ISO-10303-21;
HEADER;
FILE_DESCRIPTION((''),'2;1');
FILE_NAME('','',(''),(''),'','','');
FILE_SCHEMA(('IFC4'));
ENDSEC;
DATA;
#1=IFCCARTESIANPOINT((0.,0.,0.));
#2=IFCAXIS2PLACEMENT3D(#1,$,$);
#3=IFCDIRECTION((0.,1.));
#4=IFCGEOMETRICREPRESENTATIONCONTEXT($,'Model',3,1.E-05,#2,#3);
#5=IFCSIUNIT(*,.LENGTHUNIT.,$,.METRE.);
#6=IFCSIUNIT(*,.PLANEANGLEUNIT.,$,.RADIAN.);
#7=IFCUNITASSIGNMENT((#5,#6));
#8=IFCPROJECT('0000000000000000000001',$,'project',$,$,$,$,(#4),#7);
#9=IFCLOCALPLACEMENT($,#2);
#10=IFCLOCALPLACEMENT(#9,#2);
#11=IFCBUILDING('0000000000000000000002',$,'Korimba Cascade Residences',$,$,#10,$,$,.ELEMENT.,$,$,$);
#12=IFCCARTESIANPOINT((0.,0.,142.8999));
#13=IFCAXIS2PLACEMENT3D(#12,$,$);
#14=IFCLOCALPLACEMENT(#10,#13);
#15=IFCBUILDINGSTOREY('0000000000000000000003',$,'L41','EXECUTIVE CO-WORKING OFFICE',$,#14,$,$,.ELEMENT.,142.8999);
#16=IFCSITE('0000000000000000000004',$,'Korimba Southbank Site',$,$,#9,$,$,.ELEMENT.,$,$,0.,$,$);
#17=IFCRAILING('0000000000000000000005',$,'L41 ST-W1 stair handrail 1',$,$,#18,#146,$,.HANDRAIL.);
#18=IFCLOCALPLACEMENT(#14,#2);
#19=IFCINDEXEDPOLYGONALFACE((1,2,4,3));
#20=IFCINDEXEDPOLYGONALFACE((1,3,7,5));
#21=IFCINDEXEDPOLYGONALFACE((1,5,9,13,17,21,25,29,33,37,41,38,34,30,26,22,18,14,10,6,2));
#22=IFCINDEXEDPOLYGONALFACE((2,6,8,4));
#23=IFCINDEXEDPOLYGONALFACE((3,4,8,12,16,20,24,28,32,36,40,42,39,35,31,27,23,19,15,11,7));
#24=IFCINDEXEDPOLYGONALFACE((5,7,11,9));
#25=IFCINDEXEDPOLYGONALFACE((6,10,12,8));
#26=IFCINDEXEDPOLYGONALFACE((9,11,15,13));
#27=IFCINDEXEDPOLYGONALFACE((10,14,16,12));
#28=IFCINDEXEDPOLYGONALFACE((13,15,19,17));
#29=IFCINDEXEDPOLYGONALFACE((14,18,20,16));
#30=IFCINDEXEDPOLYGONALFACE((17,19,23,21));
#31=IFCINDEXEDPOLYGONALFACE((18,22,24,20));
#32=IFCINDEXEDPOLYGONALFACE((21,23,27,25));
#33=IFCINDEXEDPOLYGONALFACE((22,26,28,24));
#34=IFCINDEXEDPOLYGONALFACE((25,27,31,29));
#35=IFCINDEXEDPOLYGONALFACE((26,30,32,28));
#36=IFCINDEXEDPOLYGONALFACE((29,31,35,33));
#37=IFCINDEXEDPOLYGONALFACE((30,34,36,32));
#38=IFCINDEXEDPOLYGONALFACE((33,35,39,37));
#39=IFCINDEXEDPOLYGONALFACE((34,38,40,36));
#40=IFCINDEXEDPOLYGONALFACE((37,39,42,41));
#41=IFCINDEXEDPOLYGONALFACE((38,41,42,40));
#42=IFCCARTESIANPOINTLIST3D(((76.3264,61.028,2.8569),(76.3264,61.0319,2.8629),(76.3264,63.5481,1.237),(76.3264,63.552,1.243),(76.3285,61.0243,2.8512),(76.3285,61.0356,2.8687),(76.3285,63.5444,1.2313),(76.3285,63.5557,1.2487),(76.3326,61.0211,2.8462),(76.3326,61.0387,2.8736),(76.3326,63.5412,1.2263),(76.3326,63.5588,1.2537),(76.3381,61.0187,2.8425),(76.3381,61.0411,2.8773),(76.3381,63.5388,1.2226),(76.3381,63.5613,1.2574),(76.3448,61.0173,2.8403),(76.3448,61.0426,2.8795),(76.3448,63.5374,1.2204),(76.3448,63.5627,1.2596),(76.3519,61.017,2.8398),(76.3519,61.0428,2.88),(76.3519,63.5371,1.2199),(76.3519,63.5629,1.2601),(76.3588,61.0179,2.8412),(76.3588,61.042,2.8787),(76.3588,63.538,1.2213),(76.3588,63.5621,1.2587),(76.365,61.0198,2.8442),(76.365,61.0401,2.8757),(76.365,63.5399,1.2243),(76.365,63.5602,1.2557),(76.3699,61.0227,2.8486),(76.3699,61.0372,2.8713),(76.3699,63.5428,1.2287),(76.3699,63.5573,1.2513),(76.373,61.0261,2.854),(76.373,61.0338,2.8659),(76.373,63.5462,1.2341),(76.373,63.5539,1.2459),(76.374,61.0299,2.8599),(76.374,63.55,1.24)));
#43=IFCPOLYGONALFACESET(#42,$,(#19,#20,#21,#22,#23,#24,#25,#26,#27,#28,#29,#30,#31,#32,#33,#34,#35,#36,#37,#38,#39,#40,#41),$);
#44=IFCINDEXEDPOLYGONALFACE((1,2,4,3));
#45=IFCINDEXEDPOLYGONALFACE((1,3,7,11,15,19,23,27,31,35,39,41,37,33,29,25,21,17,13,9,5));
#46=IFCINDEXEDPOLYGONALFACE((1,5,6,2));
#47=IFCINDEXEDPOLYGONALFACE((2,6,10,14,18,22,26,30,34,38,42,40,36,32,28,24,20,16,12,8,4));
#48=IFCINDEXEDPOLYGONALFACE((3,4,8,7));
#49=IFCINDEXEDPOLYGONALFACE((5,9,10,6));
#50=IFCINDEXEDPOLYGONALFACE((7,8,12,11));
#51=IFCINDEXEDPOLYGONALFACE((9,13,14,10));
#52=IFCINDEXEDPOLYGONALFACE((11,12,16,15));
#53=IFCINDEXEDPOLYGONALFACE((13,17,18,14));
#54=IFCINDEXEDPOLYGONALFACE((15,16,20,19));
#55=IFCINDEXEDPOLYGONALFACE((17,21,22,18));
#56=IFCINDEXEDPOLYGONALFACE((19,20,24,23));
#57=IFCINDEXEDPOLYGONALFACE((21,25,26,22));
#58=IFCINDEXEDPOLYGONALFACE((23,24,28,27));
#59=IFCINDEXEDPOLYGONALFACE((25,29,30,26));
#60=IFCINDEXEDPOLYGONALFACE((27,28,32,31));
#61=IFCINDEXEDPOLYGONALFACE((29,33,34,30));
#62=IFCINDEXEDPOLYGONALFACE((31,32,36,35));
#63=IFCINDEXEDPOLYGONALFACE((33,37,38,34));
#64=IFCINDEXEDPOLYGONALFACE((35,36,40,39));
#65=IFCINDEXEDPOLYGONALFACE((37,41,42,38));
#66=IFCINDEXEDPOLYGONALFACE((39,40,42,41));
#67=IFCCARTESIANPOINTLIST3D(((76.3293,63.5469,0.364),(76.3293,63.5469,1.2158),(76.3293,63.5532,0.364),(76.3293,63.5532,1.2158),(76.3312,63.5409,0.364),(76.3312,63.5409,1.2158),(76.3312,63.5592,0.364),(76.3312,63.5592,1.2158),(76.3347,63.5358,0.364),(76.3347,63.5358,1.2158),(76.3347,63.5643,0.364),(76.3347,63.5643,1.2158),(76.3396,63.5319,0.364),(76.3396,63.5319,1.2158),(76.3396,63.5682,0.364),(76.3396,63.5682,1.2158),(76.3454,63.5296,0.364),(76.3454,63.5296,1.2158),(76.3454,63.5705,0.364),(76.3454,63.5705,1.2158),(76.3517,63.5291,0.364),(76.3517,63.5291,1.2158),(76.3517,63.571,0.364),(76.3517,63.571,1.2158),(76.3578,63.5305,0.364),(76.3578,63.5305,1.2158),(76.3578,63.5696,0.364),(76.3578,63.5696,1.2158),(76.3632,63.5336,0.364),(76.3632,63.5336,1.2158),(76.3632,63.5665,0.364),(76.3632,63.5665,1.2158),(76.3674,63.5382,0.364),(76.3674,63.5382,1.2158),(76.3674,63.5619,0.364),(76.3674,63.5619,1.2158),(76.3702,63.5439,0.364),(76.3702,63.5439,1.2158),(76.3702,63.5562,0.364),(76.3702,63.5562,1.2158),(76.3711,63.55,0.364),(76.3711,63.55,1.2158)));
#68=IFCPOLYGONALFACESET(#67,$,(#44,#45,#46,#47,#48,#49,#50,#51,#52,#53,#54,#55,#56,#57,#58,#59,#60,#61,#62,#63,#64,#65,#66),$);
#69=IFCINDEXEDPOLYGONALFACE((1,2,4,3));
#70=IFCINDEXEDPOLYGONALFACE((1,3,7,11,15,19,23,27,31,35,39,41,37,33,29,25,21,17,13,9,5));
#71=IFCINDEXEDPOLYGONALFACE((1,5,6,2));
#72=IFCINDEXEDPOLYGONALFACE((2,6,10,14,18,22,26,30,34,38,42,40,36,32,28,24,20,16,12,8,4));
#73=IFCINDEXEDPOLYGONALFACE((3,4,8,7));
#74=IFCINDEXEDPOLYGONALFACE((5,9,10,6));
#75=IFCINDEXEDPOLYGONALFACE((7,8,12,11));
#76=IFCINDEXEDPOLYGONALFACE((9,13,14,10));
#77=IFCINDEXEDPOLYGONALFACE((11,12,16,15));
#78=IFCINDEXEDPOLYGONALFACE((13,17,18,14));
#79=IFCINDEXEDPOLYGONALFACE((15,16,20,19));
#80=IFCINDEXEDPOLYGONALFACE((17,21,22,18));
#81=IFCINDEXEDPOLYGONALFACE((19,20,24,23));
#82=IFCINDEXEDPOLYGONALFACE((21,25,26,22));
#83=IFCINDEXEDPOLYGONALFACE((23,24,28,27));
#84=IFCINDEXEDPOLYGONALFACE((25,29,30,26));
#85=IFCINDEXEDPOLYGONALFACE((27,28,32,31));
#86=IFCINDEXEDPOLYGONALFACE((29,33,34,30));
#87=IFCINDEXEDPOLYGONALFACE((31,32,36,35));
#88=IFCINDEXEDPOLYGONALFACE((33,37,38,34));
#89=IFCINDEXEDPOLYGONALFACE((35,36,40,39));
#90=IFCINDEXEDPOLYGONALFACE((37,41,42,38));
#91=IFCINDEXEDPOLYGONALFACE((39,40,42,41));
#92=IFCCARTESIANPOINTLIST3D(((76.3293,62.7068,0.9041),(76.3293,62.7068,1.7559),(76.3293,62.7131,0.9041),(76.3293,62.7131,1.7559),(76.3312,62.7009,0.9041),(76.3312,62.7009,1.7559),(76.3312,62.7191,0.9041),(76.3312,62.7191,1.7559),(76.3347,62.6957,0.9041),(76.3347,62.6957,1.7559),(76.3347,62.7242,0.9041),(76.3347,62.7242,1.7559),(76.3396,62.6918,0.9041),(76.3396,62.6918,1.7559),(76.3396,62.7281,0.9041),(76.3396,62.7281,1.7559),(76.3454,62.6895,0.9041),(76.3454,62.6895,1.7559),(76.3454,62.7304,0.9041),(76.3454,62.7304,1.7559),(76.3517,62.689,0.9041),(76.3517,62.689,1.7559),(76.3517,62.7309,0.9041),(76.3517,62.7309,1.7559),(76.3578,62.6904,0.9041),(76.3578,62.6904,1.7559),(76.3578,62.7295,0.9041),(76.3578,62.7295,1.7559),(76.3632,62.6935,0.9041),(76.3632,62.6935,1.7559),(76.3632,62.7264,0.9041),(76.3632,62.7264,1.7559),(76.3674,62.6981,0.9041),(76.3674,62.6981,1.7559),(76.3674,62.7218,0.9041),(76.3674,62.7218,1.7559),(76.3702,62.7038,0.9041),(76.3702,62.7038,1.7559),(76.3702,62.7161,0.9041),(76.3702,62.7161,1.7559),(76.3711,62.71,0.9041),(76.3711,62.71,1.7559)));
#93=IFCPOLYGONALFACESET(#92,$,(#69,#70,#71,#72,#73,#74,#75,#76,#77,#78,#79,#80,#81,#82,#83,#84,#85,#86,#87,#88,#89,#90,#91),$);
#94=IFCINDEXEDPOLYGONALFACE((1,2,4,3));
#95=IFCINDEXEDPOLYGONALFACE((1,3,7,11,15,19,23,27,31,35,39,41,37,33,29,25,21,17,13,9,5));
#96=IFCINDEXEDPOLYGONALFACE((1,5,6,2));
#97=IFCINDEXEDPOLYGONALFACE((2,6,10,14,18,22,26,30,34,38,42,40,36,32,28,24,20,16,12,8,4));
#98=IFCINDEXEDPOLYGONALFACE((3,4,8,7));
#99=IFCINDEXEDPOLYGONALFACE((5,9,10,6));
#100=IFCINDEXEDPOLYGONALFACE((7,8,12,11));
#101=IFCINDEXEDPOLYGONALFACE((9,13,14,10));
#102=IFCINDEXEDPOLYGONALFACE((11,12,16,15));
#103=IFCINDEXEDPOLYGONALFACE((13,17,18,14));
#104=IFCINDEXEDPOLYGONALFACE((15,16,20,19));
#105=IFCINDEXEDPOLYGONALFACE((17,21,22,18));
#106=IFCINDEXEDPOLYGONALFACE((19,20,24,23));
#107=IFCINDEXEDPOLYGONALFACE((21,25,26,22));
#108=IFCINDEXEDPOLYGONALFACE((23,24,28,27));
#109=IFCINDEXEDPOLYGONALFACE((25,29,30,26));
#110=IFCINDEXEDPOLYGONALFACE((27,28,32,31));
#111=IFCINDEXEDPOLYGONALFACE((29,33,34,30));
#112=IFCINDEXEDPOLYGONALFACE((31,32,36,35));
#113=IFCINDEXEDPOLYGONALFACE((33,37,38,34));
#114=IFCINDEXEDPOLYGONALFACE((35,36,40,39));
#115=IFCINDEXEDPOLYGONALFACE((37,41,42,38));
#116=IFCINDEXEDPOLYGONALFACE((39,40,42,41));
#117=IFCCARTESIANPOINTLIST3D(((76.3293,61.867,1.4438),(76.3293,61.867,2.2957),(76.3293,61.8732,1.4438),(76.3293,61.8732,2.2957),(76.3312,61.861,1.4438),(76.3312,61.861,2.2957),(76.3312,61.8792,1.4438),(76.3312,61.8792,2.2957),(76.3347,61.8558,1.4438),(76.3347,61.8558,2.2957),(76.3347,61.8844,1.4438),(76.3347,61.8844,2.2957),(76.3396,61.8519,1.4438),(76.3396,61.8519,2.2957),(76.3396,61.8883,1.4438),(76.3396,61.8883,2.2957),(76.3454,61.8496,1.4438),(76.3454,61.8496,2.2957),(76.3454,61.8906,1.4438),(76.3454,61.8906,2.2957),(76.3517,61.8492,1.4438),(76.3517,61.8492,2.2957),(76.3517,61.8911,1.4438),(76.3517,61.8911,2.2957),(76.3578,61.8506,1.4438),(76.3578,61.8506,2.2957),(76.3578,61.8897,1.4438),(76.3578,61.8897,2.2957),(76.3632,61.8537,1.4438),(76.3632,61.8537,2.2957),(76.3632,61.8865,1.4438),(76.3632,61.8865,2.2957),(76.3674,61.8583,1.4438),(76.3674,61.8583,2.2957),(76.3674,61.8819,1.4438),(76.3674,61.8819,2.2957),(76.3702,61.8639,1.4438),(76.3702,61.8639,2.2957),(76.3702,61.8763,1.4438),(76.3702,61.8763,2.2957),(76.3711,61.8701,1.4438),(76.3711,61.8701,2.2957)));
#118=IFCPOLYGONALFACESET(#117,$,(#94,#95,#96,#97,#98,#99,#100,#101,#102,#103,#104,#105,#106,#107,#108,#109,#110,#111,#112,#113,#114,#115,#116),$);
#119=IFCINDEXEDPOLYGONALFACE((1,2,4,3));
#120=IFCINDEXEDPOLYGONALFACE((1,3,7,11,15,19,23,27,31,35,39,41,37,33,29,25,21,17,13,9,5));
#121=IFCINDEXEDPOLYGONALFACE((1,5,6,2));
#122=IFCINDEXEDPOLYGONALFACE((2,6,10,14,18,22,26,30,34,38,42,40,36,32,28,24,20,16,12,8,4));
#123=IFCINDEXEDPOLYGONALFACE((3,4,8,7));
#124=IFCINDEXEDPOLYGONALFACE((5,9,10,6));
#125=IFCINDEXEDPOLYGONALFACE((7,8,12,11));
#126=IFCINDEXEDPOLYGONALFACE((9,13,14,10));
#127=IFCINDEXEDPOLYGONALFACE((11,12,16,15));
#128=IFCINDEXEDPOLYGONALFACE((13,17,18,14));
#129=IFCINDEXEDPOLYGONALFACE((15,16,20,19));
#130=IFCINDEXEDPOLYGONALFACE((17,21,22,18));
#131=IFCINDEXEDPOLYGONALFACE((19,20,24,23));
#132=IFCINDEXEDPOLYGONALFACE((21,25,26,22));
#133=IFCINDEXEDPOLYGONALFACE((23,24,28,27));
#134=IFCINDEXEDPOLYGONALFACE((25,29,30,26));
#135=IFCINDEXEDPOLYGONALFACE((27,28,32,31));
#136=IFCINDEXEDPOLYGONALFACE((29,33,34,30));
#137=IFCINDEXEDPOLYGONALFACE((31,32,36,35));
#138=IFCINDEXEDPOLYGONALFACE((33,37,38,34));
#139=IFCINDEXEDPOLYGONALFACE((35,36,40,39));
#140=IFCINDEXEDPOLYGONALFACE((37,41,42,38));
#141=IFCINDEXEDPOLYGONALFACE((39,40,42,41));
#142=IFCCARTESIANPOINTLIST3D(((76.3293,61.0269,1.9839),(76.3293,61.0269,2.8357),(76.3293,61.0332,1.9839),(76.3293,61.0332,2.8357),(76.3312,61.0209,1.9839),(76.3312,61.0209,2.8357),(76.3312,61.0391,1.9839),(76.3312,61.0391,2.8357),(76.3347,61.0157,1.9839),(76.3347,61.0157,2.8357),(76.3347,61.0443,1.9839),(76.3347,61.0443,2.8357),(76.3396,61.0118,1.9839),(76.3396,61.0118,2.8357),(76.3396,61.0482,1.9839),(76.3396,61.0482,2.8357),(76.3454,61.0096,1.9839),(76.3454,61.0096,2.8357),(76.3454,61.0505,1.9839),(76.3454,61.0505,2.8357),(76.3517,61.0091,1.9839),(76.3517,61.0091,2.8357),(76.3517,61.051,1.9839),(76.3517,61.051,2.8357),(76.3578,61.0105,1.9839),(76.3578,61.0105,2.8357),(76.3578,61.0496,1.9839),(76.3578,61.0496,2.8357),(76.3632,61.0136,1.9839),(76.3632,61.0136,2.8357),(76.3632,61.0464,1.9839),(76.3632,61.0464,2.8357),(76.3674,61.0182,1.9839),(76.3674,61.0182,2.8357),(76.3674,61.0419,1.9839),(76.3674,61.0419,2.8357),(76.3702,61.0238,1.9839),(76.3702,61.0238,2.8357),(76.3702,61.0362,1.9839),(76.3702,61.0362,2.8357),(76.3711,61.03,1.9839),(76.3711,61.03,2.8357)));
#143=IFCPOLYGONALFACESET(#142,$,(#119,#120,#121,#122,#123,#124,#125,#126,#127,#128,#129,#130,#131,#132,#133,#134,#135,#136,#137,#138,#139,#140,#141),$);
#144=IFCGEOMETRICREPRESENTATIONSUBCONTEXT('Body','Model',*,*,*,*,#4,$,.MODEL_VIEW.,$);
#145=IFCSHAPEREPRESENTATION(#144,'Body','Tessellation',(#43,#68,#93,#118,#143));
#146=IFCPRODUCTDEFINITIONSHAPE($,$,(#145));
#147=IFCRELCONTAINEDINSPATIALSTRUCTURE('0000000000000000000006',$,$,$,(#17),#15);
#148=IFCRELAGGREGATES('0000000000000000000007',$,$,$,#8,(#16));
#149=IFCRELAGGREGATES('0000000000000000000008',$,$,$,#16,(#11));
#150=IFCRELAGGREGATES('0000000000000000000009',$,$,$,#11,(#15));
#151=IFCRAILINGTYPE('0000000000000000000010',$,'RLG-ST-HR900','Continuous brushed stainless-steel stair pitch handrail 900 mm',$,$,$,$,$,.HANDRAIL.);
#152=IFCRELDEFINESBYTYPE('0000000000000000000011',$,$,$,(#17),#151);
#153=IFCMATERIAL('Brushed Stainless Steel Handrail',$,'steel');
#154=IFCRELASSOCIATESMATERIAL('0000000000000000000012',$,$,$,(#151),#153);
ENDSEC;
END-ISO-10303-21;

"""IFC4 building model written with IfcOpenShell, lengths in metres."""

from ifc_helpers import new_model, si_unit, direction, frame, origin, origin_2d, place, context, subcontext, project, spatial, circle, extrude, material, type_object, element, save


model = new_model("IFC4")

# Units and contexts
model_context = context("Model", 3, precision=1e-05, world=origin(), true_north=direction((0.0, 1.0)))
body_context = subcontext(model_context, "Body", "Model", "MODEL_VIEW")
ifc_project = project(units=[si_unit("LENGTHUNIT", "METRE"), si_unit("PLANEANGLEUNIT", "RADIAN")], contexts=[model_context])

# Site, building, storey
site_placement = place(None, origin())
site = spatial("IfcSite", under=ifc_project, at=site_placement, Name="Korimba Southbank Site", CompositionType="ELEMENT", RefElevation=0.0)
building_placement = place(site_placement, origin())
building = spatial("IfcBuilding", under=site, at=building_placement, Name="Korimba Cascade Residences", CompositionType="ELEMENT")
storey_placement = place(building_placement, frame((0.0, 0.0, 142.8999)))
storey = spatial("IfcBuildingStorey", under=building, at=storey_placement, Name="L41", Description="EXECUTIVE CO-WORKING OFFICE", CompositionType="ELEMENT", Elevation=142.8999)

# Railing
ifc_material_1 = material(Name="Brushed Stainless Steel Handrail", Category="steel")
railing_type_1 = type_object("IfcRailingType", Name="RLG-ST-HR900", Description="Continuous brushed stainless-steel stair pitch handrail 900 mm", PredefinedType="HANDRAIL", material=ifc_material_1)
railing_1_placement = place(storey_placement, frame((76.3501, 63.55, 0.364)))
element("IfcRailing", 1, at=railing_1_placement, inside=storey, type_object=railing_type_1, Name="L41 ST-W1 stair handrail 1", PredefinedType="HANDRAIL", context=body_context, shape_type="SweptSolid", body=[
    extrude(circle(Radius=0.0239, at=origin_2d()), frame((0.0, 0.0, 0.876), z_axis=(0.0, -0.8412, 0.540725), x_axis=(1.0, 0.0, 0.0)), (0.0, 0.0, 1.0), 2.9958),
    extrude(circle(Radius=0.021, at=origin_2d()), origin(), (0.0, 0.0, 1.0), 0.8518),
    extrude(circle(Radius=0.021, at=origin_2d()), frame((0.0, -0.8401, 0.54)), (0.0, 0.0, 1.0), 0.8518),
    extrude(circle(Radius=0.021, at=origin_2d()), frame((0.0, -1.6799, 1.0798)), (0.0, 0.0, 1.0), 0.8518),
    extrude(circle(Radius=0.021, at=origin_2d()), frame((0.0, -2.52, 1.6199)), (0.0, 0.0, 1.0), 0.8518),
])

save(model, "model.ifc")
